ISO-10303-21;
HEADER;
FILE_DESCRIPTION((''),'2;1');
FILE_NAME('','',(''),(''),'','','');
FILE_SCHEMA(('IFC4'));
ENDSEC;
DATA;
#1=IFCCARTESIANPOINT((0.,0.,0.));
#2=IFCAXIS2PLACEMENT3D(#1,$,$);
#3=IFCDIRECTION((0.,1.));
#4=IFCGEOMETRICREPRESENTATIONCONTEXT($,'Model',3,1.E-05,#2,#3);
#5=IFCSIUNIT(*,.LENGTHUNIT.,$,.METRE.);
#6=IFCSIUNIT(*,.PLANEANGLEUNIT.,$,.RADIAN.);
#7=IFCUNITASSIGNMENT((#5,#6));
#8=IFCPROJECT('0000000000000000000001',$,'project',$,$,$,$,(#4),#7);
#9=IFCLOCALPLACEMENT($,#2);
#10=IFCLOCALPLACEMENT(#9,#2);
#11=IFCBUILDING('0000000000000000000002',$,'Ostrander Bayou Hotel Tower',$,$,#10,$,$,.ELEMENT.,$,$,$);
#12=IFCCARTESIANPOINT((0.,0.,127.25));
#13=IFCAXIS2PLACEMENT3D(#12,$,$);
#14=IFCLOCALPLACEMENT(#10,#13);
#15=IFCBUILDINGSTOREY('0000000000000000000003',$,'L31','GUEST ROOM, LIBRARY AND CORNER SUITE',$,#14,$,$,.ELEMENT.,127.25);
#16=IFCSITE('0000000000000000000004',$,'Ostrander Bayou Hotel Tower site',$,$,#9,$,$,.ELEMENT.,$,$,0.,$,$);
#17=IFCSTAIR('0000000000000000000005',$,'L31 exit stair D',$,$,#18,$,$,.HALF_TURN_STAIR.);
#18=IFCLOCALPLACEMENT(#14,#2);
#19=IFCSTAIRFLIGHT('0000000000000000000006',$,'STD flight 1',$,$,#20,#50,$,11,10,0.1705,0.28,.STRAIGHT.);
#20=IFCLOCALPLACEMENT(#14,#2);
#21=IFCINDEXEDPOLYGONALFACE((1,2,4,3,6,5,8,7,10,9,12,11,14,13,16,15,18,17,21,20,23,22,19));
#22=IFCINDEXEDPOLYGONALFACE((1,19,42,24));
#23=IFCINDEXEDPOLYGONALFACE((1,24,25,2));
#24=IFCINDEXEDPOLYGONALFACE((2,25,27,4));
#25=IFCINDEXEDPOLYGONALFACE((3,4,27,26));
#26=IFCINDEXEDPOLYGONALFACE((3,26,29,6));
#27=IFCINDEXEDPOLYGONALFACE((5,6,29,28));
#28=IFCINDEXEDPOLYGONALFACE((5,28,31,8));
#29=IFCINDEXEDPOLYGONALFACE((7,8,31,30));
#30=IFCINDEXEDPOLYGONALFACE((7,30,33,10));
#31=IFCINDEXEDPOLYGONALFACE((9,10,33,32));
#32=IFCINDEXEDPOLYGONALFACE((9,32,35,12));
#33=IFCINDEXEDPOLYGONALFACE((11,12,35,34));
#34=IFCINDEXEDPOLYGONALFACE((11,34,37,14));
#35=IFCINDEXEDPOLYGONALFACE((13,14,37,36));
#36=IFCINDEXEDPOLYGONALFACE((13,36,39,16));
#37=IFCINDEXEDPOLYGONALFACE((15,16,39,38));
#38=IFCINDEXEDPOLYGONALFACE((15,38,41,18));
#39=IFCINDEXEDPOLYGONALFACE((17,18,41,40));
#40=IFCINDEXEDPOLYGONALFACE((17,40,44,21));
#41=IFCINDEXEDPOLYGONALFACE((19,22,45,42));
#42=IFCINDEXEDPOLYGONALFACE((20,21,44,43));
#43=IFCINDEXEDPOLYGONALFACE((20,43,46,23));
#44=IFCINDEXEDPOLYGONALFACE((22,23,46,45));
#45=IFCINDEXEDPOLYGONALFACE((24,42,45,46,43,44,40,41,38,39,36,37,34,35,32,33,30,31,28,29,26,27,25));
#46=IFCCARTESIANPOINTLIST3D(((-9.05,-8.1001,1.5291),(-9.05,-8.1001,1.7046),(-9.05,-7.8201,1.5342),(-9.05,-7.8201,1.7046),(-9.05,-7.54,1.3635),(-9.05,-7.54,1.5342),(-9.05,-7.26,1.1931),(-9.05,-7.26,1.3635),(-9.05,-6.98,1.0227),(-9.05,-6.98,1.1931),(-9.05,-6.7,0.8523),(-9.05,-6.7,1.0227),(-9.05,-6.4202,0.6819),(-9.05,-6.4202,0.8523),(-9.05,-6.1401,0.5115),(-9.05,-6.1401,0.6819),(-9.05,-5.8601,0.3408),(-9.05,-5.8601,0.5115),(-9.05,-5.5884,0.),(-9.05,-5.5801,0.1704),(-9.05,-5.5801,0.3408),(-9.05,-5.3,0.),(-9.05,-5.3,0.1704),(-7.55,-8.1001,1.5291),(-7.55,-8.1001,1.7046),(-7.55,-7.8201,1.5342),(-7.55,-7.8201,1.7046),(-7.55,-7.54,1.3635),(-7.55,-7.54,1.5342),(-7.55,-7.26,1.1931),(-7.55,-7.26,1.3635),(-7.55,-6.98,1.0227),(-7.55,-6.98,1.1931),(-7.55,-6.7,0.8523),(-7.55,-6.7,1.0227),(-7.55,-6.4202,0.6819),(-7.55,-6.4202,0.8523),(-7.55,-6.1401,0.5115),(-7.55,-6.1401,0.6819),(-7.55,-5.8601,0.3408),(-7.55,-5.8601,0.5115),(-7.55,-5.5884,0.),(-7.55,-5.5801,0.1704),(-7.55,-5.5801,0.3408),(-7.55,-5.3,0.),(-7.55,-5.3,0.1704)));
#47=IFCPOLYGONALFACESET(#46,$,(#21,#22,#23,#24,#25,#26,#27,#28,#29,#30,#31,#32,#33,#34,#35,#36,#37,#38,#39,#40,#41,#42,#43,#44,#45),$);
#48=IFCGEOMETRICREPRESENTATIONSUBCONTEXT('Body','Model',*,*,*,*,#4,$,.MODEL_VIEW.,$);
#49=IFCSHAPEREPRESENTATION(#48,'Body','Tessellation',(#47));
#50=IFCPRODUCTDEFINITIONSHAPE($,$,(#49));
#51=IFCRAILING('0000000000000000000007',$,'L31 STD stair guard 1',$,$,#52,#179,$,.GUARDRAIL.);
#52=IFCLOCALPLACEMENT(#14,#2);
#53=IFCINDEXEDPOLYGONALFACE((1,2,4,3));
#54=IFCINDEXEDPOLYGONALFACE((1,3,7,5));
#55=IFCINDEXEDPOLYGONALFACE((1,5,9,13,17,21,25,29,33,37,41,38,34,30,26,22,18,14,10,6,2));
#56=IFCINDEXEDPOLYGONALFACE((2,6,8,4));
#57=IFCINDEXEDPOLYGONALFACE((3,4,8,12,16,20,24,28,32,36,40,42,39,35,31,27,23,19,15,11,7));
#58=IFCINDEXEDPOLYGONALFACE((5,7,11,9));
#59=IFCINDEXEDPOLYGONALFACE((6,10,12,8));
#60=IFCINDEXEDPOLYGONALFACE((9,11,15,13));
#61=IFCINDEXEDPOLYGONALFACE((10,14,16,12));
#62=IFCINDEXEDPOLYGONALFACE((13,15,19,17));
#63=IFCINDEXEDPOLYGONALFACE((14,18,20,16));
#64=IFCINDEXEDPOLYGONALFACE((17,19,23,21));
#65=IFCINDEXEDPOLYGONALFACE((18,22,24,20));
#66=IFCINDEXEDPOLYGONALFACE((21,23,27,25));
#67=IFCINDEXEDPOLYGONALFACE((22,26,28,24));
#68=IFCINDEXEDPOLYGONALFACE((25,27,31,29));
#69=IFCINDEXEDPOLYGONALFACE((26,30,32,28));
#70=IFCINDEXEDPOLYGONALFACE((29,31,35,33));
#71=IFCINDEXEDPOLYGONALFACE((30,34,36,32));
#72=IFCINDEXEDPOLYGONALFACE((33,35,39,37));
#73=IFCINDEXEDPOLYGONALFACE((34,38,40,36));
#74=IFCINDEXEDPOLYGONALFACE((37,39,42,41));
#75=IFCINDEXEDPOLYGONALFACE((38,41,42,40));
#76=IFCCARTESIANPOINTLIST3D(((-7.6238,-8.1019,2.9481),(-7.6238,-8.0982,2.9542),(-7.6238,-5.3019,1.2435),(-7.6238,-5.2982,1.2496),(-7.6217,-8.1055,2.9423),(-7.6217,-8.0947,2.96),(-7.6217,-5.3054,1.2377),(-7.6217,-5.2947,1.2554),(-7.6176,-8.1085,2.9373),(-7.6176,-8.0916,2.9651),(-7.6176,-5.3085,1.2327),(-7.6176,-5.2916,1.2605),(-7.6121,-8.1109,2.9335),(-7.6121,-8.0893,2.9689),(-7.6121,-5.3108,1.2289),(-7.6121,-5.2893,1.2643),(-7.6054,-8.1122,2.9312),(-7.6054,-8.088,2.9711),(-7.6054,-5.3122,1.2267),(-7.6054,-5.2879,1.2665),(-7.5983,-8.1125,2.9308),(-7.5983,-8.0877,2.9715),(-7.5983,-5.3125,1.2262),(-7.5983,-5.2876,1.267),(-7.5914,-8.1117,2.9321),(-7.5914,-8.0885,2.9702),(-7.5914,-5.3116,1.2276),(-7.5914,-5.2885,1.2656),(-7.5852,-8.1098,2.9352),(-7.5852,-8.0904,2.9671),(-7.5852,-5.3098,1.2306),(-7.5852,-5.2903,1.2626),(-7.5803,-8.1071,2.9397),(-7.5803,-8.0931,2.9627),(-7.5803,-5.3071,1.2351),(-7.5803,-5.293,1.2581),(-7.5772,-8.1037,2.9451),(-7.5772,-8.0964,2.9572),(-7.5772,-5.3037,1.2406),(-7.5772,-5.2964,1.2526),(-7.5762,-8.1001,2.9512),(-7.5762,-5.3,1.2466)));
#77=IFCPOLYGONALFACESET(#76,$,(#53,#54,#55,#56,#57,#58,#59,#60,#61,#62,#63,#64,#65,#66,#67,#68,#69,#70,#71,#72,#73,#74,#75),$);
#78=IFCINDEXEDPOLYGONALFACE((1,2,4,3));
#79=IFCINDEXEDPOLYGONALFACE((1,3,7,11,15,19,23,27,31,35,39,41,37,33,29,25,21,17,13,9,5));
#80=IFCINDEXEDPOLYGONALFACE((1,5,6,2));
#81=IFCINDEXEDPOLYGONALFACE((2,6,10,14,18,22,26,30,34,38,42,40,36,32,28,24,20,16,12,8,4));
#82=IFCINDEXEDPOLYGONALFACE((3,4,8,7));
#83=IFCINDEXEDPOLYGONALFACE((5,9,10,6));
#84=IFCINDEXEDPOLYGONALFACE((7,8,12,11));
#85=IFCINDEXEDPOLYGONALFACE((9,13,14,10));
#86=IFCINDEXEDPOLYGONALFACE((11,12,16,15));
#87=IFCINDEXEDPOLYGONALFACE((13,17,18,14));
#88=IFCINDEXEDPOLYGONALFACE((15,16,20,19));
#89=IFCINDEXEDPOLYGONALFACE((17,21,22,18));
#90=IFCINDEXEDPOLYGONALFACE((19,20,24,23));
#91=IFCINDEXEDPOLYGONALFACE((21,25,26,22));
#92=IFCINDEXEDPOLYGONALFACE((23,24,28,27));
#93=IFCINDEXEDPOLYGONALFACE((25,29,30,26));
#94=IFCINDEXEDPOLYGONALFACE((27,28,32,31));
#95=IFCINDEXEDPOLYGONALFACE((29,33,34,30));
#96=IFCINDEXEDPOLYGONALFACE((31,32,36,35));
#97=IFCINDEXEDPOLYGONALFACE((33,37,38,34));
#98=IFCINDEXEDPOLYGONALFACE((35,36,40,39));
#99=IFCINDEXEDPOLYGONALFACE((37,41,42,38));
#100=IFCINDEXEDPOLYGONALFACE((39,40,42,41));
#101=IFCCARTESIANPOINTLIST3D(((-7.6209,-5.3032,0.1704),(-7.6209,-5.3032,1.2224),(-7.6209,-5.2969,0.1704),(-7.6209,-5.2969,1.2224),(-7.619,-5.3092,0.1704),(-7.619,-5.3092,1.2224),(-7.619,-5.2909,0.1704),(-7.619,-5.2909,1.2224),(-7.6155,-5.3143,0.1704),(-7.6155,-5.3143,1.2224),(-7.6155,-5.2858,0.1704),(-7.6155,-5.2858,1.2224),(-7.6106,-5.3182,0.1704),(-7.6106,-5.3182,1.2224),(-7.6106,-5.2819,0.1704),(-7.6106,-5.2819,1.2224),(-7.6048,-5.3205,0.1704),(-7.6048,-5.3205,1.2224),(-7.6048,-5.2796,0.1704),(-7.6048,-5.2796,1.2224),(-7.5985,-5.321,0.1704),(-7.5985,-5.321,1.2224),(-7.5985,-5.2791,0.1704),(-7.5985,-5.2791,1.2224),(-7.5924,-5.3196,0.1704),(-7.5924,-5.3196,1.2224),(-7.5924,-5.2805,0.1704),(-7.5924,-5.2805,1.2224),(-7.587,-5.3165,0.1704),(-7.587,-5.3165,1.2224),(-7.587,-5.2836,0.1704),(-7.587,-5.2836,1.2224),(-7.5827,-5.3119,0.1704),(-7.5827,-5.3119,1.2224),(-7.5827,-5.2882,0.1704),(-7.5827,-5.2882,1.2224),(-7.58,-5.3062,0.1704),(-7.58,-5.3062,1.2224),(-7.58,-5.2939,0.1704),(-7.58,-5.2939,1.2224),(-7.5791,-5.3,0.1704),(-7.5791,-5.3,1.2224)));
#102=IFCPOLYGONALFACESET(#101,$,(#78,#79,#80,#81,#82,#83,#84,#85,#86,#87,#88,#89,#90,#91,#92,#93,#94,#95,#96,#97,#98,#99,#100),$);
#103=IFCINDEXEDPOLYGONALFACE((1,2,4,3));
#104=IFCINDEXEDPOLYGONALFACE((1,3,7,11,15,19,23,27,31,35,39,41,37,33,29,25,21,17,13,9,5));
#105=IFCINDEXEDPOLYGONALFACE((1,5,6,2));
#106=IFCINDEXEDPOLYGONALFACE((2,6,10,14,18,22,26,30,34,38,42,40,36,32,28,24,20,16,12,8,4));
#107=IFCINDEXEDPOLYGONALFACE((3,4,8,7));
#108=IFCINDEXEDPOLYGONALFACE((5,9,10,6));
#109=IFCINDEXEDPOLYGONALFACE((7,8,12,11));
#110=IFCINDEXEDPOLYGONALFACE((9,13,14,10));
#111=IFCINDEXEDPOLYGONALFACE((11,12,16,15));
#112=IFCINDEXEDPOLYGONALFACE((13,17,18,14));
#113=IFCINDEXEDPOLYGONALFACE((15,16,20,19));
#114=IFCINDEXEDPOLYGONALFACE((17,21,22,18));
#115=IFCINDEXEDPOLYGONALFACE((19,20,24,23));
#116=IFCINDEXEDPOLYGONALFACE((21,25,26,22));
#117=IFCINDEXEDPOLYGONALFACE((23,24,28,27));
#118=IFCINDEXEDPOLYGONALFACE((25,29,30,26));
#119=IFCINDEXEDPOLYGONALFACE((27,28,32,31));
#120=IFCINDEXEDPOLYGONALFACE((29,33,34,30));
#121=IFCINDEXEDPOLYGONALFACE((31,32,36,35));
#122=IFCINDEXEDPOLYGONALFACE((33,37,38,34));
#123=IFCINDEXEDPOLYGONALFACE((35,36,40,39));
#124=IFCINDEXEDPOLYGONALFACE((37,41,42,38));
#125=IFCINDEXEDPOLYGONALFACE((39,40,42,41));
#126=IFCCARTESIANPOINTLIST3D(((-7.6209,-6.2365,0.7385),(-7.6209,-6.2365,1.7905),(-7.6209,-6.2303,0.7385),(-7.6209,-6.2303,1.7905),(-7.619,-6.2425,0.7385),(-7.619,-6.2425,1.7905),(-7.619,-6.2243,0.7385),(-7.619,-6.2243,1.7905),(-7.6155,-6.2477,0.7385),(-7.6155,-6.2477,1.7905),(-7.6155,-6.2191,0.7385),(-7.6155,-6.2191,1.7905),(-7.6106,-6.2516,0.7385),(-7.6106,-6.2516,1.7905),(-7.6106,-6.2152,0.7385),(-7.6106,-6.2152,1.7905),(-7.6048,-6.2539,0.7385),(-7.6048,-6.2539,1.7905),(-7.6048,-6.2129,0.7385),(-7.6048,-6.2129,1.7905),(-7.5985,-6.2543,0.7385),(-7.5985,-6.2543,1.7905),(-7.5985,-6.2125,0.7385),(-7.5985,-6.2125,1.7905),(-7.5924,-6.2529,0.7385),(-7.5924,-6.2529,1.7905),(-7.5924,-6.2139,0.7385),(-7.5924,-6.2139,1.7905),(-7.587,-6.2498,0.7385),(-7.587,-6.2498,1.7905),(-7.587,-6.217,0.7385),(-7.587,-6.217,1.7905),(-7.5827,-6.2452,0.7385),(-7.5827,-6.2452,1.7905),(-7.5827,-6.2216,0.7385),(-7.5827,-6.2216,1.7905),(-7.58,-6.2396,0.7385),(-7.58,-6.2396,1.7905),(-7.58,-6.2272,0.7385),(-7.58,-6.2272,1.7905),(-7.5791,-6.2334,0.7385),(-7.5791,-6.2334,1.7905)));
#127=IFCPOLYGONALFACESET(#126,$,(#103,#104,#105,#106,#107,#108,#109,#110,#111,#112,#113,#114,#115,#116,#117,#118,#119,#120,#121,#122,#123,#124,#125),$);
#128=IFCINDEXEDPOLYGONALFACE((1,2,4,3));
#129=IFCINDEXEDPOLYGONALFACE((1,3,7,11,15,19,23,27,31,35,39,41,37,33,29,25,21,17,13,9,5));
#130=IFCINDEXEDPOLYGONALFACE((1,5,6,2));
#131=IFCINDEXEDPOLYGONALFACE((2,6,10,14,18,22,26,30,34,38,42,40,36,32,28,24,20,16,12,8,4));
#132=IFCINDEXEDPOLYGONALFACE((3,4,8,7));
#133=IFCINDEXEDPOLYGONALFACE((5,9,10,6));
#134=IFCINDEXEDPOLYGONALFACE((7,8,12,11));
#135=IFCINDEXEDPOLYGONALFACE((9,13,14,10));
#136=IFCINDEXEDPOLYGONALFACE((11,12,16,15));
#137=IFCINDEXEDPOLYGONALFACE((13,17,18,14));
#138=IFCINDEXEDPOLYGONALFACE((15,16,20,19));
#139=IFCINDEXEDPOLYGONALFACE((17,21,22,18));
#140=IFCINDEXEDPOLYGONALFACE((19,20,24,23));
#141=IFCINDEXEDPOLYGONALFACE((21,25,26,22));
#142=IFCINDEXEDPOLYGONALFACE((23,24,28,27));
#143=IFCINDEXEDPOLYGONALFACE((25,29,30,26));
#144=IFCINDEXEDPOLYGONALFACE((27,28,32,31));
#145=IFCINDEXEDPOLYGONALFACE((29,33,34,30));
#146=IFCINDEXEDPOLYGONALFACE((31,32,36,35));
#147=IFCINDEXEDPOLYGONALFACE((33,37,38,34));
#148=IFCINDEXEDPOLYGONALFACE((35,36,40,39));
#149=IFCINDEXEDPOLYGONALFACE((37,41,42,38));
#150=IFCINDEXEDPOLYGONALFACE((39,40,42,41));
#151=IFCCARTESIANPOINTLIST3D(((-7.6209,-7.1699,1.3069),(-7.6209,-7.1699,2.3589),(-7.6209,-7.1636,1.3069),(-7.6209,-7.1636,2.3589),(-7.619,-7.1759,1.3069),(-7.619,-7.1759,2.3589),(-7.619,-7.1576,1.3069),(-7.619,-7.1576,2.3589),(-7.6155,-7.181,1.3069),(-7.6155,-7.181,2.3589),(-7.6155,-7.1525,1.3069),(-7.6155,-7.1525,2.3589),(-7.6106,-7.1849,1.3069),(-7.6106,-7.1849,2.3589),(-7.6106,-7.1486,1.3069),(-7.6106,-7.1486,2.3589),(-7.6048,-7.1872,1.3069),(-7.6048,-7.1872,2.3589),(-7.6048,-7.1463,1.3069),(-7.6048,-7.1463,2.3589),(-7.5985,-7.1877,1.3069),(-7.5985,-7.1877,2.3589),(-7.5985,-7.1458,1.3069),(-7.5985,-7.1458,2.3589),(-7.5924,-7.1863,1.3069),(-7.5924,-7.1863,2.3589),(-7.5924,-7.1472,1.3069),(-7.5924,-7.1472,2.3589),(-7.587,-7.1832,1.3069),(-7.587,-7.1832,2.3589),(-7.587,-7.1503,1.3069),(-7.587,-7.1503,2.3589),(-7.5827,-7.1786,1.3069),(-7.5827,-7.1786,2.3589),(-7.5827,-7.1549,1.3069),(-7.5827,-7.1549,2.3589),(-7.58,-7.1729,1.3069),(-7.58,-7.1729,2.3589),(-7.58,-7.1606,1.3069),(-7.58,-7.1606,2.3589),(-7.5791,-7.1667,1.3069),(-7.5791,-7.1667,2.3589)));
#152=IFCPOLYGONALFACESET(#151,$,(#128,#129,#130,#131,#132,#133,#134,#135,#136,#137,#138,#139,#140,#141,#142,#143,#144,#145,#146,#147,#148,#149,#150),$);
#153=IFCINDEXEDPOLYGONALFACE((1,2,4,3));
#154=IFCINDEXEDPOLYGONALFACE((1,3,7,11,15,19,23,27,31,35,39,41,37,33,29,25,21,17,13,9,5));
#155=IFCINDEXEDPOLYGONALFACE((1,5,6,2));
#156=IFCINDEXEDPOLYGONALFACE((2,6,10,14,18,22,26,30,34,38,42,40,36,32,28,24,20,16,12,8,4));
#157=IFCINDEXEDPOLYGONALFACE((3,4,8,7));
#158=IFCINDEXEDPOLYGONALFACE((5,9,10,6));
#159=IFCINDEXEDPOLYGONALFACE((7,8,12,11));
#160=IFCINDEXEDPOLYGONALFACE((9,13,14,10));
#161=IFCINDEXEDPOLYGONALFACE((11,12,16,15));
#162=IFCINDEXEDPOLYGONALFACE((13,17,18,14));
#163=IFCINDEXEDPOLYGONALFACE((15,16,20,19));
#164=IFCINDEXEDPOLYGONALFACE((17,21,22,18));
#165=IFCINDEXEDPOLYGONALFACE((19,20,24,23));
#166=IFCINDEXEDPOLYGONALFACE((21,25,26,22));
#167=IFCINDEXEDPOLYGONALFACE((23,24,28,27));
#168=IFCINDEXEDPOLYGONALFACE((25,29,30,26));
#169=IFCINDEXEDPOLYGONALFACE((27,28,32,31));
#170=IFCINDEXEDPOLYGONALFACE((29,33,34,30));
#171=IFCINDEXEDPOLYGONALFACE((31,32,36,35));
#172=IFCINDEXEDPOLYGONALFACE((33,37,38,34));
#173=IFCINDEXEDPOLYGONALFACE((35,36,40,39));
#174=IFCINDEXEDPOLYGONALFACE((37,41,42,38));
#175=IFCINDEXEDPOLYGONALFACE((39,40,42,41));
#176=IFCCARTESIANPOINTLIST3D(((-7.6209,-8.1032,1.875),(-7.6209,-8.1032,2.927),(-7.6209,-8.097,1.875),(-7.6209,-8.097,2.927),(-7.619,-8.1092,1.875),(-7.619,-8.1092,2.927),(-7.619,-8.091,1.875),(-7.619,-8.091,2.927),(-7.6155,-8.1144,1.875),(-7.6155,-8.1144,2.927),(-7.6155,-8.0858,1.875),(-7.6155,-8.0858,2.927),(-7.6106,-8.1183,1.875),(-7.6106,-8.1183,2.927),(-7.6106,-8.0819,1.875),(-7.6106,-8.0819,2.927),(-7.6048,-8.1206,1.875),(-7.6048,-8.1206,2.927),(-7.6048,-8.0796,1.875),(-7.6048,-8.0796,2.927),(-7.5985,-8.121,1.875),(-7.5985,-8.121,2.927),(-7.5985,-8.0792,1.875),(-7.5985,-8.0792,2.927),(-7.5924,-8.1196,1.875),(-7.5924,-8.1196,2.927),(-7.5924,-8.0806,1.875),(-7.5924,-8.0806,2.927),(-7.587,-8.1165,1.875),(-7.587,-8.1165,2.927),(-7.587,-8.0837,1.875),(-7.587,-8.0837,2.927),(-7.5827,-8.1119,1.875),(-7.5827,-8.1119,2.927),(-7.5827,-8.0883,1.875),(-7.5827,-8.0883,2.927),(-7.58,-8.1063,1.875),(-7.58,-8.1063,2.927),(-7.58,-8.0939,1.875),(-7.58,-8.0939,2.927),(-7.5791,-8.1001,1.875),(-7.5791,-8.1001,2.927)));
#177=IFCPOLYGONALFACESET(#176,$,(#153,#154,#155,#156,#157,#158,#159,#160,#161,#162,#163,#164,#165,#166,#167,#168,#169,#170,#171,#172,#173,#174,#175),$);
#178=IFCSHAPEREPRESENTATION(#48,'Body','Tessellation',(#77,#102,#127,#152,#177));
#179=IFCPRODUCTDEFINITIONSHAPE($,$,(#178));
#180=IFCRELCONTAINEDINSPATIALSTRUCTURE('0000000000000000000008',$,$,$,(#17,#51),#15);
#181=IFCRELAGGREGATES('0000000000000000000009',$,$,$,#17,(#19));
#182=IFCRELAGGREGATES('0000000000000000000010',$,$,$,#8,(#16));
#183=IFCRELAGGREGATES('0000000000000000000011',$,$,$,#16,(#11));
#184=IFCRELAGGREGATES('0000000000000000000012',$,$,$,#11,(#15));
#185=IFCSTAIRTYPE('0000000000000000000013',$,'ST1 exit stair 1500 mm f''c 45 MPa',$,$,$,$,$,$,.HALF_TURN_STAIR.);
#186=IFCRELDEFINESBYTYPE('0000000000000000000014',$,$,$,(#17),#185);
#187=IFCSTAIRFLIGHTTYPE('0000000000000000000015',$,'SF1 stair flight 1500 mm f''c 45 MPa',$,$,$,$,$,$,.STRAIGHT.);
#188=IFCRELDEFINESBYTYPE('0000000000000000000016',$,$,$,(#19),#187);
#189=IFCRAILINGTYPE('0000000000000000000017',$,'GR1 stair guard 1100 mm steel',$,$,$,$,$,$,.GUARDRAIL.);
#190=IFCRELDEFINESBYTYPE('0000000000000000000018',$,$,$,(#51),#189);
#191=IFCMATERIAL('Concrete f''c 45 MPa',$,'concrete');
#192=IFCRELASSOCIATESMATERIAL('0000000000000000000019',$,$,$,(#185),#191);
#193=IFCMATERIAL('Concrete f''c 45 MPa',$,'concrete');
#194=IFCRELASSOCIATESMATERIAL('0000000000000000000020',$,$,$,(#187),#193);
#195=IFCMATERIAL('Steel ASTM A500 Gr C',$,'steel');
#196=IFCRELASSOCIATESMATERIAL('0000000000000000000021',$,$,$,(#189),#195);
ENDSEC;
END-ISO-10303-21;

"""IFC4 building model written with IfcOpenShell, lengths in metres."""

from ifc_helpers import new_model, si_unit, direction, frame, origin, origin_2d, place, context, subcontext, project, spatial, polyline, circle, outline, extrude, material, type_object, element, aggregate, save


model = new_model("IFC4")

# Units and contexts
model_context = context("Model", 3, precision=1e-05, world=origin(), true_north=direction((0.0, 1.0)))
body_context = subcontext(model_context, "Body", "Model", "MODEL_VIEW")
ifc_project = project(units=[si_unit("LENGTHUNIT", "METRE"), si_unit("PLANEANGLEUNIT", "RADIAN")], contexts=[model_context])

# Site, building, storey
site_placement = place(None, origin())
site = spatial("IfcSite", under=ifc_project, at=site_placement, Name="Ostrander Bayou Hotel Tower site", CompositionType="ELEMENT", RefElevation=0.0)
building_placement = place(site_placement, origin())
building = spatial("IfcBuilding", under=site, at=building_placement, Name="Ostrander Bayou Hotel Tower", CompositionType="ELEMENT")
storey_placement = place(building_placement, frame((0.0, 0.0, 127.25)))
storey = spatial("IfcBuildingStorey", under=building, at=storey_placement, Name="L31", Description="GUEST ROOM, LIBRARY AND CORNER SUITE", CompositionType="ELEMENT", Elevation=127.25)

# Stair, stair flight
ifc_material_1 = material(Name="Concrete f'c 45 MPa", Category="concrete")
stair_type = type_object("IfcStairType", Name="ST1 exit stair 1500 mm f'c 45 MPa", PredefinedType="HALF_TURN_STAIR", material=ifc_material_1)
stair_placement = place(storey_placement, origin())
stair = element("IfcStair", 1, at=stair_placement, inside=storey, type_object=stair_type, Name="L31 exit stair D", PredefinedType="HALF_TURN_STAIR")
ifc_material_2 = material(Name="Concrete f'c 45 MPa", Category="concrete")
stair_flight_type = type_object("IfcStairFlightType", Name="SF1 stair flight 1500 mm f'c 45 MPa", PredefinedType="STRAIGHT", material=ifc_material_2)
stair_flight_placement = place(storey_placement, frame((-8.3, -5.3, 0.0), z_axis=(0.0, 0.0, 1.0), x_axis=(0.0, -1.0, 0.0)))
stair_flight = element("IfcStairFlight", 2, at=stair_flight_placement, type_object=stair_flight_type, Name="STD flight 1", NumberOfRisers=11, NumberOfTreads=10, PredefinedType="STRAIGHT", RiserHeight=0.1705, TreadLength=0.28, context=body_context, shape_type="SweptSolid", body=[
    extrude(outline(polyline([(0.0, 0.0), (0.0, 0.1704), (0.28, 0.1704), (0.28, 0.3408), (0.5601, 0.3408), (0.5601, 0.5115), (0.8401, 0.5115), (0.8401, 0.6819), (1.1201, 0.6819), (1.1201, 0.8523), (1.3999, 0.8523), (1.3999, 1.0227), (1.6799, 1.0227), (1.6799, 1.1931), (1.96, 1.1931), (1.96, 1.3635), (2.24, 1.3635), (2.24, 1.5342), (2.52, 1.5342), (2.52, 1.7046), (2.8, 1.7046), (2.8, 1.875), (2.8, 1.5291), (0.2883, 0.0), (0.0, 0.0)])), frame((0.0, 0.75, 0.0), z_axis=(0.0, -1.0, 0.0), x_axis=(1.0, 0.0, 0.0)), (0.0, 0.0, 1.0), 1.5),
])
aggregate(stair, [stair_flight])

# Railing
ifc_material_3 = material(Name="Steel ASTM A500 Gr C", Category="steel")
railing_type_1 = type_object("IfcRailingType", Name="GR1 stair guard 1100 mm steel", PredefinedType="GUARDRAIL", material=ifc_material_3)
railing_1_placement = place(storey_placement, frame((-7.6001, -5.3, 0.1704)))
element("IfcRailing", 3, at=railing_1_placement, inside=storey, type_object=railing_type_1, Name="L31 STD stair guard 1", PredefinedType="GUARDRAIL", context=body_context, shape_type="SweptSolid", body=[
    extrude(circle(Radius=0.0239, at=origin_2d()), frame((0.0, 0.0, 1.0762), z_axis=(0.0, -0.85417, 0.519994), x_axis=(1.0, 0.0, 0.0)), (0.0, 0.0, 1.0), 3.2781),
    extrude(circle(Radius=0.021, at=origin_2d()), origin(), (0.0, 0.0, 1.0), 1.052),
    extrude(circle(Radius=0.021, at=origin_2d()), frame((0.0, -0.9333, 0.5681)), (0.0, 0.0, 1.0), 1.052),
    extrude(circle(Radius=0.021, at=origin_2d()), frame((0.0, -1.8667, 1.1365)), (0.0, 0.0, 1.0), 1.052),
    extrude(circle(Radius=0.021, at=origin_2d()), frame((0.0, -2.8, 1.7046)), (0.0, 0.0, 1.0), 1.052),
])

save(model, "model.ifc")
